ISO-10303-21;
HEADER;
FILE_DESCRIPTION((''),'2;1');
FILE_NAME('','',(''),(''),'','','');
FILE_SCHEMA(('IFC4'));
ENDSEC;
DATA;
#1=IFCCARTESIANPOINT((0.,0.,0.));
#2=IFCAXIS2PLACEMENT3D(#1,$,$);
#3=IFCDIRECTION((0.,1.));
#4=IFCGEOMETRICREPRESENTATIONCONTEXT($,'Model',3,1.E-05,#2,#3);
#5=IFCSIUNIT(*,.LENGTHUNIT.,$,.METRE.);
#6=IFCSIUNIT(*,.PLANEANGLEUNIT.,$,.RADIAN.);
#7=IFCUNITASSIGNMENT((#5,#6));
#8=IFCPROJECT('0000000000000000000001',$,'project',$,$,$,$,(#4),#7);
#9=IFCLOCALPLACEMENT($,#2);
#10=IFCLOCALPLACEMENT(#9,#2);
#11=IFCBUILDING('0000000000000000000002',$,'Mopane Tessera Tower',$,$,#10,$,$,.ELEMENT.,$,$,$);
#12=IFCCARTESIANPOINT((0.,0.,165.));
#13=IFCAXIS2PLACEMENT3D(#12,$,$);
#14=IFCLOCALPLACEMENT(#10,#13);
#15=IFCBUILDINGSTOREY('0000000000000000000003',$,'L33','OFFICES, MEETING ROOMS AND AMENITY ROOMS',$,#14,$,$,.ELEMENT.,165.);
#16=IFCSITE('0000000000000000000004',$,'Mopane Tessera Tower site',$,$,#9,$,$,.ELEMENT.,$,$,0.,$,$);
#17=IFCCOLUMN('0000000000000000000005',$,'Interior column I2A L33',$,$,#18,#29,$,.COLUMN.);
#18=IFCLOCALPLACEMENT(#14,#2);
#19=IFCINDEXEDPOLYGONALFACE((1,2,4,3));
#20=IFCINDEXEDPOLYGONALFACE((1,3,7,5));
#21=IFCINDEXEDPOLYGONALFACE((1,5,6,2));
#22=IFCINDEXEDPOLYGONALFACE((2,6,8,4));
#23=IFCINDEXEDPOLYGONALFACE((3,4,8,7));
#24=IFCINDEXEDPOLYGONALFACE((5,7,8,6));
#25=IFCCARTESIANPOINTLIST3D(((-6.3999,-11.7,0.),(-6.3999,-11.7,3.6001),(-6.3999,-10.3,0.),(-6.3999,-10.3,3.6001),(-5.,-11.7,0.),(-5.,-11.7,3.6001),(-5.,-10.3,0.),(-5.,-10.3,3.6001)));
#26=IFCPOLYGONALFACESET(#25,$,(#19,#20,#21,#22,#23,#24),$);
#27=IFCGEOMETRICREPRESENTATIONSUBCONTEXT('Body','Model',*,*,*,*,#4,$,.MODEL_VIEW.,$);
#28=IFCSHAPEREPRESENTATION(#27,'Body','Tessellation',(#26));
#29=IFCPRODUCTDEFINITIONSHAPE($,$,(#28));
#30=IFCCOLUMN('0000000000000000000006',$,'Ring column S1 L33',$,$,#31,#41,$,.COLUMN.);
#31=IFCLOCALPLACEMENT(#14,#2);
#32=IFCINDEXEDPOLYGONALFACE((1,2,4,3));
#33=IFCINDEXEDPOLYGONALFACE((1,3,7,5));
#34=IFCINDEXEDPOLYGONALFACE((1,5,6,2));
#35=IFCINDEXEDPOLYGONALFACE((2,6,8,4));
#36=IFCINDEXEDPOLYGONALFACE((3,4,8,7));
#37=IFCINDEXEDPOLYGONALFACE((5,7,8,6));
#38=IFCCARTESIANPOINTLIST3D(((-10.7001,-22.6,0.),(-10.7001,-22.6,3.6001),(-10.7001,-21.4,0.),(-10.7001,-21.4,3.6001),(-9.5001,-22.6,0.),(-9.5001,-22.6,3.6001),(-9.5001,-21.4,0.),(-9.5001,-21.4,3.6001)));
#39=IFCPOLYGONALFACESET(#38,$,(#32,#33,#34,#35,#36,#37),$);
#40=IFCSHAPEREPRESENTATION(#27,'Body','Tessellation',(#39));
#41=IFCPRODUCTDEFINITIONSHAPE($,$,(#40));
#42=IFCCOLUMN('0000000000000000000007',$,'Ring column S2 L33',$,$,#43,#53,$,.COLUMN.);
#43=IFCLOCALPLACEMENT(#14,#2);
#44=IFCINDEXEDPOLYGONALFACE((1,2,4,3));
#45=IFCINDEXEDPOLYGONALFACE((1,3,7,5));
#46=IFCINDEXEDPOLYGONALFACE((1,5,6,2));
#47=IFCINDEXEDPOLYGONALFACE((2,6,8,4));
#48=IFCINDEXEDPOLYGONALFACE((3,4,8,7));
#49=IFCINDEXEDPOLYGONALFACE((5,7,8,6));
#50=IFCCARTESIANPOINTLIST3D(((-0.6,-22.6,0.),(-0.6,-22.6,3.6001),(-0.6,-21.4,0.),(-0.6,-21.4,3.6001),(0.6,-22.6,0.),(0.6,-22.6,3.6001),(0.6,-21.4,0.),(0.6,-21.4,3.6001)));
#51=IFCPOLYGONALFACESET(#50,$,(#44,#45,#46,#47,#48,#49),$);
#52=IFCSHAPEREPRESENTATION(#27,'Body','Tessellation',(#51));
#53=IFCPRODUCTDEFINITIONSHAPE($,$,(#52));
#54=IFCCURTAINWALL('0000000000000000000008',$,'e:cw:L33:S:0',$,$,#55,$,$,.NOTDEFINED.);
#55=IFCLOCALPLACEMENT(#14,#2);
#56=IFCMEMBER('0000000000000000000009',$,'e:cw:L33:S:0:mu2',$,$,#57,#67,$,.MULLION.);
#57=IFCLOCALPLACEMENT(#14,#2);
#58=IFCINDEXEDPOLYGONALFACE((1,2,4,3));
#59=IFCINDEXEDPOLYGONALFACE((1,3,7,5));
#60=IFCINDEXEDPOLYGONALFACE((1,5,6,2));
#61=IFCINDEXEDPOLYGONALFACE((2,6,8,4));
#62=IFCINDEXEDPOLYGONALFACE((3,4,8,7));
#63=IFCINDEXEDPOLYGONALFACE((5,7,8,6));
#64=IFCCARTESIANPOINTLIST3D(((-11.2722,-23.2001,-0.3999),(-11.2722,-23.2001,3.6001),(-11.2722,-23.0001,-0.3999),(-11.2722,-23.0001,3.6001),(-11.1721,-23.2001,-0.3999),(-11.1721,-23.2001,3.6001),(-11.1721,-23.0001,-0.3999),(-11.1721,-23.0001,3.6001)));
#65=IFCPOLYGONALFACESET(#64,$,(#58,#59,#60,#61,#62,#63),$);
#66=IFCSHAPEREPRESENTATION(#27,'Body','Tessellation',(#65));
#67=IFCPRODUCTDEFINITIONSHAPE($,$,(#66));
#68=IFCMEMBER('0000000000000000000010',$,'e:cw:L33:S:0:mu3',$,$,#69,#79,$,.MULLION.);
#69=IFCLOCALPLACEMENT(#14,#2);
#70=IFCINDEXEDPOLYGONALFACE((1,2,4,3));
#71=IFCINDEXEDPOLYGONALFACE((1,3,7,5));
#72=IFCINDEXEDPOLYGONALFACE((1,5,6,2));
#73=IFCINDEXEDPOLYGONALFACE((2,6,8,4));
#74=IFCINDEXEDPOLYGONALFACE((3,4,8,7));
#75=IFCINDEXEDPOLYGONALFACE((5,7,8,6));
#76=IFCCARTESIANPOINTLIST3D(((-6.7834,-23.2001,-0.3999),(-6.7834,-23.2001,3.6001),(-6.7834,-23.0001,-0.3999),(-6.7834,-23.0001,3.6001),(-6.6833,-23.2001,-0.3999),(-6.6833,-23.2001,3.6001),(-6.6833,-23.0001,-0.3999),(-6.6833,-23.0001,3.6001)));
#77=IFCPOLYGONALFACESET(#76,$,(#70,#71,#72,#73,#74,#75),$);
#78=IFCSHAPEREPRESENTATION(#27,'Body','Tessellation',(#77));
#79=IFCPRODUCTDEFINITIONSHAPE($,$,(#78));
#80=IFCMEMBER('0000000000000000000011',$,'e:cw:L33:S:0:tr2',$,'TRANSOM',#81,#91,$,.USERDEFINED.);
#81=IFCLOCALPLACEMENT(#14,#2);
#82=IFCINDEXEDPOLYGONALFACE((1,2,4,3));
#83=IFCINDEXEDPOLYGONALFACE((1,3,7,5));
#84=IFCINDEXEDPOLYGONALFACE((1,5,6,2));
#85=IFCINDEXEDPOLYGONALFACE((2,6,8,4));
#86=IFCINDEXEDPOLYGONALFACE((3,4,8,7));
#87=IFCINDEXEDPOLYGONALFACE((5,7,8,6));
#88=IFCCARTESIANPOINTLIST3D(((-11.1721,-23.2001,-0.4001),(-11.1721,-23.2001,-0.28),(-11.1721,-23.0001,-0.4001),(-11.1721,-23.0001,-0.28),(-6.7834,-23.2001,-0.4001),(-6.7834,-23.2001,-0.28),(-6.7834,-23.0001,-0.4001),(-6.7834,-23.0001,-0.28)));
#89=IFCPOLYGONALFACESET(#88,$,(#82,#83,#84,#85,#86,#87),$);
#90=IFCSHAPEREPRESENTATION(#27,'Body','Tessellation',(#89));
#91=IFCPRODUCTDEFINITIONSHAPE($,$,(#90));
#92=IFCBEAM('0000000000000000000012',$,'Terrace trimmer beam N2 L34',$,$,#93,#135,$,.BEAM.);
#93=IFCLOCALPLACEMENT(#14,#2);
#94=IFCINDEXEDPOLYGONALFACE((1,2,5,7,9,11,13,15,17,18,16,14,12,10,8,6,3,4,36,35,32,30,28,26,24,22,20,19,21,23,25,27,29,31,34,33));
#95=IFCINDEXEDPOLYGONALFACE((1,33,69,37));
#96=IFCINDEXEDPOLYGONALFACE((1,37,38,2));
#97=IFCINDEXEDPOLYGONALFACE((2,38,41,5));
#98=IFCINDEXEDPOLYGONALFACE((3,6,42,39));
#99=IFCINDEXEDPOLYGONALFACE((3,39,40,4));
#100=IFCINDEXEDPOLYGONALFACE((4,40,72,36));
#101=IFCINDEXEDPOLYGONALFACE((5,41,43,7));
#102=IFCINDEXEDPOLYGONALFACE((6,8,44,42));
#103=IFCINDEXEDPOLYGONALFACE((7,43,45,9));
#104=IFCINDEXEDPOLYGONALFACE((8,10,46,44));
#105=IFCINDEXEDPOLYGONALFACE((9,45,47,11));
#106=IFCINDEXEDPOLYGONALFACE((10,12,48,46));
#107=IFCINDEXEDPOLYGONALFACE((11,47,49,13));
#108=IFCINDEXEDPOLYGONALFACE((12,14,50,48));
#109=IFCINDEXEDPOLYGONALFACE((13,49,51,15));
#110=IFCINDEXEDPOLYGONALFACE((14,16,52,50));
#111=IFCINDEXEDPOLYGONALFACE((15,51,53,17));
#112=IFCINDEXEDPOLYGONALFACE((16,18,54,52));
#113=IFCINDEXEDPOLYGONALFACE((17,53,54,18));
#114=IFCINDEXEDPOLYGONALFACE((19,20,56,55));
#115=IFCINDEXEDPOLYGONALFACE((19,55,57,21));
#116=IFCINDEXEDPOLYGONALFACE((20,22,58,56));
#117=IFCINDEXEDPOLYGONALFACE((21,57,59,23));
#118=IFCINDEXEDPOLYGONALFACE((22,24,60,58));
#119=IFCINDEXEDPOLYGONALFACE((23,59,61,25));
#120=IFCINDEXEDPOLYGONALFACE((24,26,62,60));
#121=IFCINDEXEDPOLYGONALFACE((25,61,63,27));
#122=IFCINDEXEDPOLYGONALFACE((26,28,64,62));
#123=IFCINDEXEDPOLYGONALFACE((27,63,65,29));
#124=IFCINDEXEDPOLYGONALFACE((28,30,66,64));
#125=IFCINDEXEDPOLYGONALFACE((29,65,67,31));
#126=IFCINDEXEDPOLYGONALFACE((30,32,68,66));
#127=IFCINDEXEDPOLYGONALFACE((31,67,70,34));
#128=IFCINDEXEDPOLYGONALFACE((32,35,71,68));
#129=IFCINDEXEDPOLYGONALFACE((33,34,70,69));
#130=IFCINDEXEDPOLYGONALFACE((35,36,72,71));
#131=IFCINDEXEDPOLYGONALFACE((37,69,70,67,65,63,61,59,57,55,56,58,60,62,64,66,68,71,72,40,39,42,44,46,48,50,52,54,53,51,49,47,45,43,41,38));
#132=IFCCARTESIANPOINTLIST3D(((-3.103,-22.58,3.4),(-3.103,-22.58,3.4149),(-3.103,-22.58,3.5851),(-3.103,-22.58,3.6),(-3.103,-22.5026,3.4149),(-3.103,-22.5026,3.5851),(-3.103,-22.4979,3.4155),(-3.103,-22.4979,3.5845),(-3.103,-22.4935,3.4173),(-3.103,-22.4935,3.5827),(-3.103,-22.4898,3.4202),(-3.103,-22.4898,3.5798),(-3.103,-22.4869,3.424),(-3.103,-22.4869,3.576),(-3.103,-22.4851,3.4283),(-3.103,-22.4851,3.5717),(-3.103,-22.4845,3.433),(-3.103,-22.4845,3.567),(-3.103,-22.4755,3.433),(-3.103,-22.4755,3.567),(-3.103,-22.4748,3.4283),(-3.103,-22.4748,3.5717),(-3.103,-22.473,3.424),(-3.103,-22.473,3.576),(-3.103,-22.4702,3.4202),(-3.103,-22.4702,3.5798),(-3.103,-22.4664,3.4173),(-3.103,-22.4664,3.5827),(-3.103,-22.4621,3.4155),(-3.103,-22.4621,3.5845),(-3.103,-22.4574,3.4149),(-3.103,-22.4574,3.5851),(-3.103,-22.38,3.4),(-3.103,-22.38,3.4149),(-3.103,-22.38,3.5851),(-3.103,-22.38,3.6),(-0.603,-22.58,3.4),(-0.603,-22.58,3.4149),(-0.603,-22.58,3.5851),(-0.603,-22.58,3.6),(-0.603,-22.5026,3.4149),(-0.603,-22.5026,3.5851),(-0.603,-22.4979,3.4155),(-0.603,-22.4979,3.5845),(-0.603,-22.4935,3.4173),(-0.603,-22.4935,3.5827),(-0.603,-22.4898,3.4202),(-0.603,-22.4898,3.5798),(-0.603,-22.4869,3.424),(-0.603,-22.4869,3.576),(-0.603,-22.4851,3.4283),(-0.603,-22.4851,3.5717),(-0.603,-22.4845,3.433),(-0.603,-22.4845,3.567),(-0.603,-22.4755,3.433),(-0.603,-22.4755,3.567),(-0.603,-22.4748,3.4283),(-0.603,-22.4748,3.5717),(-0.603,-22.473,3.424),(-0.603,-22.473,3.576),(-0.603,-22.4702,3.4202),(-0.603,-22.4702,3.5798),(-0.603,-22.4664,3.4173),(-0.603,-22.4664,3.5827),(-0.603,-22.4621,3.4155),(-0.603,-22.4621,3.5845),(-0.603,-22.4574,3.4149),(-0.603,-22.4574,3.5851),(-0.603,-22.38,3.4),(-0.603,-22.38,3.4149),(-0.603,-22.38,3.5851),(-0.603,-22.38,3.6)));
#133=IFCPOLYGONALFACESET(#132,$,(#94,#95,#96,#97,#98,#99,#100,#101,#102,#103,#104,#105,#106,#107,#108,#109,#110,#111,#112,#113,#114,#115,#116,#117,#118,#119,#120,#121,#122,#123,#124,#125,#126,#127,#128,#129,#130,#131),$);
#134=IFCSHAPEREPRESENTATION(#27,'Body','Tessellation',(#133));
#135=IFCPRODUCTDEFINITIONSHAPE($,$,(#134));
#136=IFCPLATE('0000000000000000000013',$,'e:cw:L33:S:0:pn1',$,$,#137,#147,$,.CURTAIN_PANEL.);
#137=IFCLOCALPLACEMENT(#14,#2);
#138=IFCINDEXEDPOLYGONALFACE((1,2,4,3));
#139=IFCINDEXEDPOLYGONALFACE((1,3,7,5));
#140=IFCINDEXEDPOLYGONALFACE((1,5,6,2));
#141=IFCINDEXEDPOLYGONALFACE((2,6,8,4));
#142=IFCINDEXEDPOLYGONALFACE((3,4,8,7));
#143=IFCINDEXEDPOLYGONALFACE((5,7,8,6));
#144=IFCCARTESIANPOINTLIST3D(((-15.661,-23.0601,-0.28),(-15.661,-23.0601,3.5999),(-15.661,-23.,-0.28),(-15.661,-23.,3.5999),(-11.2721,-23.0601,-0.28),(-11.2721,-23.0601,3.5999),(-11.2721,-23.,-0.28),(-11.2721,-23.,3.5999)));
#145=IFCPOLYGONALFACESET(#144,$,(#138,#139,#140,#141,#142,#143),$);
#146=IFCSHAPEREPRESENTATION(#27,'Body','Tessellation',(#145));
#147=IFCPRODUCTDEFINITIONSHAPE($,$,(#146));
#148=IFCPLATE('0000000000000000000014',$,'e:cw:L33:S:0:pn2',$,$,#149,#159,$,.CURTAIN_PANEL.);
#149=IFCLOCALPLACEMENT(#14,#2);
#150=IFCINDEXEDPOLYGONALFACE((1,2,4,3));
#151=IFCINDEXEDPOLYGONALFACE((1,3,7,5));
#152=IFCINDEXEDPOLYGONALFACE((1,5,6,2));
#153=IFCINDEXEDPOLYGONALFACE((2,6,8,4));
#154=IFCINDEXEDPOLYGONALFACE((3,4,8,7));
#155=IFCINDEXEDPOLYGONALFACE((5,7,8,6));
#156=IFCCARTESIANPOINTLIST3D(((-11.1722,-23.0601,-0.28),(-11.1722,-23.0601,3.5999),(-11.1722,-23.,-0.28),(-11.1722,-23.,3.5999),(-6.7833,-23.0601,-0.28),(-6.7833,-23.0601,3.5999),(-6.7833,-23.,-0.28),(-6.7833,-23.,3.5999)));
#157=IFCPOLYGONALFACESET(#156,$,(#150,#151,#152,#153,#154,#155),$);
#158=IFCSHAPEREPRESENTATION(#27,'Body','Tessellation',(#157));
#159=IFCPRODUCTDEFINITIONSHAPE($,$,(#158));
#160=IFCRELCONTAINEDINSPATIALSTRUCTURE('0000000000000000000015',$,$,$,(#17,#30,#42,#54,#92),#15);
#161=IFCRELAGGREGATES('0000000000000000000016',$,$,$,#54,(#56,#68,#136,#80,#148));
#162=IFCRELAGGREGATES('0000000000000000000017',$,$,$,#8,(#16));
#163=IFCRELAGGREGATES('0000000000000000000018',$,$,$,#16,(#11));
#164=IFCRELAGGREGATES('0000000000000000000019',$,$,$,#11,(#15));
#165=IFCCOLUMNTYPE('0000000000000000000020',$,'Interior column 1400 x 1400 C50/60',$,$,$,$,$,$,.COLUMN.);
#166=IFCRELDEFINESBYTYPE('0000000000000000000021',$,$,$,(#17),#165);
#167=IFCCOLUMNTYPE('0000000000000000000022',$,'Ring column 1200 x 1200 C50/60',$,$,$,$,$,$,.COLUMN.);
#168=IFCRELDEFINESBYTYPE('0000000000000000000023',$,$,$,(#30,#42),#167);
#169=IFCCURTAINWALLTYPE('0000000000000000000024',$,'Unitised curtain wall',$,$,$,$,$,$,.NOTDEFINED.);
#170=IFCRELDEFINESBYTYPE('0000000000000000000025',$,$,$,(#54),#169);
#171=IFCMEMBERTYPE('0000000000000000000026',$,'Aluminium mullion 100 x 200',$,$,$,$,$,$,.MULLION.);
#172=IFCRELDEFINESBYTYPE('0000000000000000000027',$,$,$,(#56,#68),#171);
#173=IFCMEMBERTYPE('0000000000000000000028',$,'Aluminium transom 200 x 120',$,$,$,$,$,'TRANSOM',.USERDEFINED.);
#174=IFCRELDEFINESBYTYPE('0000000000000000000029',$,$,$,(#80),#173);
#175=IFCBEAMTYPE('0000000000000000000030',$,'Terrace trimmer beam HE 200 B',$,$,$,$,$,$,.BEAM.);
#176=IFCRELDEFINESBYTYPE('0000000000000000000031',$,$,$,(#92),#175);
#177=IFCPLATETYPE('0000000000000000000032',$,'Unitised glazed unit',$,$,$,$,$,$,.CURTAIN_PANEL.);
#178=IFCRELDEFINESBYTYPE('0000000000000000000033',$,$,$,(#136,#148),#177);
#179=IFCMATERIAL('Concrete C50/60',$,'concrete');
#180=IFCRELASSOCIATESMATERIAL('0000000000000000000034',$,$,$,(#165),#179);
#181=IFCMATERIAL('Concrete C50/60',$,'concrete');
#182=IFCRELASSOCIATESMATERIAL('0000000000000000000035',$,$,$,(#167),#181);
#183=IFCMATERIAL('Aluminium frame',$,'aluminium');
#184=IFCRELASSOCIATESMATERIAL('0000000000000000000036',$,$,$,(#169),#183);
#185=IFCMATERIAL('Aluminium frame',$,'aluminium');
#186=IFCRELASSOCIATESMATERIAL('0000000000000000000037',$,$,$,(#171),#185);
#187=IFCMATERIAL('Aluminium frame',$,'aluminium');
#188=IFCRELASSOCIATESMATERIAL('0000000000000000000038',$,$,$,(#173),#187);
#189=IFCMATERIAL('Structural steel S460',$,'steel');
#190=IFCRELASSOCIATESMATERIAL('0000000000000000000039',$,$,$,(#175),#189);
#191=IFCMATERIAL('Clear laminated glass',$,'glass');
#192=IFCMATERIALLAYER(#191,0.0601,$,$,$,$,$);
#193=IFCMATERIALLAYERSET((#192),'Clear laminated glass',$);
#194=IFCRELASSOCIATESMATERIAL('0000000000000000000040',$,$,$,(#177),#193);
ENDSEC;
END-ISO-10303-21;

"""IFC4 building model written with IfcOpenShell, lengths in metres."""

from ifc_helpers import new_model, si_unit, direction, frame, origin, origin_2d, place, context, subcontext, project, spatial, rectangle, i_section, extrude, material, layer, layer_set, material_profile, profile_set, type_object, element, aggregate, save


model = new_model("IFC4")

# Units and contexts
model_context = context("Model", 3, precision=1e-05, world=origin(), true_north=direction((0.0, 1.0)))
body_context = subcontext(model_context, "Body", "Model", "MODEL_VIEW")
ifc_project = project(units=[si_unit("LENGTHUNIT", "METRE"), si_unit("PLANEANGLEUNIT", "RADIAN")], contexts=[model_context])

# Site, building, storey
site_placement = place(None, origin())
site = spatial("IfcSite", under=ifc_project, at=site_placement, Name="Mopane Tessera Tower site", CompositionType="ELEMENT", RefElevation=0.0)
building_placement = place(site_placement, origin())
building = spatial("IfcBuilding", under=site, at=building_placement, Name="Mopane Tessera Tower", CompositionType="ELEMENT")
storey_placement = place(building_placement, frame((0.0, 0.0, 165.0)))
storey = spatial("IfcBuildingStorey", under=building, at=storey_placement, Name="L33", Description="OFFICES, MEETING ROOMS AND AMENITY ROOMS", CompositionType="ELEMENT", Elevation=165.0)

# Columns
ifc_material_1 = material(Name="Concrete C50/60", Category="concrete")
ifc_material_profile_1 = material_profile(ifc_material_1, rectangle(XDim=1.3999, YDim=1.3999, at=origin_2d()))
ifc_profile_set_1 = profile_set([ifc_material_profile_1], Name="Concrete C50/60")
column_type_1 = type_object("IfcColumnType", Name="Interior column 1400 x 1400 C50/60", PredefinedType="COLUMN", material=ifc_profile_set_1)
column_placement = place(storey_placement, frame((-5.7, -11.0, 0.0), z_axis=(0.0, 0.0, 1.0), x_axis=(1.0, 0.0, 0.0)))
element("IfcColumn", 1, at=column_placement, inside=storey, type_object=column_type_1, Name="Interior column I2A L33", PredefinedType="COLUMN", context=body_context, shape_type="SweptSolid", body=[
    extrude(rectangle(XDim=1.3999, YDim=1.3999, at=origin_2d()), origin(), (0.0, 0.0, 1.0), 3.6001),
])
ifc_material_2 = material(Name="Concrete C50/60", Category="concrete")
ifc_material_profile_2 = material_profile(ifc_material_2, rectangle(XDim=1.2, YDim=1.2, at=origin_2d()))
ifc_profile_set_2 = profile_set([ifc_material_profile_2], Name="Concrete C50/60")
column_type_2 = type_object("IfcColumnType", Name="Ring column 1200 x 1200 C50/60", PredefinedType="COLUMN", material=ifc_profile_set_2)
for number, where, z_axis, x_axis, name in (
    (2, (-10.1001, -22.0, 0.0), (0.0, 0.0, 1.0), (1.0, 0.0, 0.0), "Ring column S1 L33"),
    (3, (0.0, -22.0, 0.0), (0.0, 0.0, 1.0), (1.0, 0.0, 0.0), "Ring column S2 L33"),
):
    element("IfcColumn", number, at=place(storey_placement, frame(where, z_axis=z_axis, x_axis=x_axis)), inside=storey, type_object=column_type_2, Name=name, PredefinedType="COLUMN", context=body_context, shape_type="SweptSolid", body=[
        extrude(rectangle(XDim=1.2, YDim=1.2, at=origin_2d()), origin(), (0.0, 0.0, 1.0), 3.6001),
    ])

# Curtain wall, members
ifc_material_3 = material(Name="Aluminium frame", Category="aluminium")
curtain_wall_type = type_object("IfcCurtainWallType", Name="Unitised curtain wall", PredefinedType="NOTDEFINED", material=ifc_material_3)
curtain_wall_placement = place(storey_placement, origin())
curtain_wall = element("IfcCurtainWall", 4, at=curtain_wall_placement, inside=storey, type_object=curtain_wall_type, Name="e:cw:L33:S:0", PredefinedType="NOTDEFINED")
ifc_material_4 = material(Name="Aluminium frame", Category="aluminium")
ifc_material_profile_3 = material_profile(ifc_material_4, rectangle(XDim=0.1001, YDim=0.2, at=origin_2d()))
ifc_profile_set_3 = profile_set([ifc_material_profile_3], Name="Aluminium frame")
member_type_1 = type_object("IfcMemberType", Name="Aluminium mullion 100 x 200", PredefinedType="MULLION", material=ifc_profile_set_3)
member_1_placement = place(storey_placement, frame((-11.2222, -23.1001, -0.3999), z_axis=(0.0, 0.0, 1.0), x_axis=(1.0, 0.0, 0.0)))
member_1 = element("IfcMember", 5, at=member_1_placement, type_object=member_type_1, Name="e:cw:L33:S:0:mu2", PredefinedType="MULLION", context=body_context, shape_type="SweptSolid", body=[
    extrude(rectangle(XDim=0.1001, YDim=0.2, at=origin_2d()), origin(), (0.0, 0.0, 1.0), 4.0),
])
member_2_placement = place(storey_placement, frame((-6.7334, -23.1001, -0.3999), z_axis=(0.0, 0.0, 1.0), x_axis=(1.0, 0.0, 0.0)))
member_2 = element("IfcMember", 6, at=member_2_placement, type_object=member_type_1, Name="e:cw:L33:S:0:mu3", PredefinedType="MULLION", context=body_context, shape_type="SweptSolid", body=[
    extrude(rectangle(XDim=0.1001, YDim=0.2, at=origin_2d()), origin(), (0.0, 0.0, 1.0), 4.0),
])
ifc_material_5 = material(Name="Aluminium frame", Category="aluminium")
ifc_material_profile_4 = material_profile(ifc_material_5, rectangle(XDim=0.2, YDim=0.1201, at=origin_2d()))
ifc_profile_set_4 = profile_set([ifc_material_profile_4], Name="Aluminium frame")
member_type_2 = type_object("IfcMemberType", Name="Aluminium transom 200 x 120", ElementType="TRANSOM", PredefinedType="USERDEFINED", material=ifc_profile_set_4)
member_3_placement = place(storey_placement, frame((-11.1721, -23.1001, -0.3401), z_axis=(1.0, 0.0, 0.0), x_axis=(0.0, 1.0, 0.0)))
member_3 = element("IfcMember", 7, at=member_3_placement, type_object=member_type_2, Name="e:cw:L33:S:0:tr2", ObjectType="TRANSOM", PredefinedType="USERDEFINED", context=body_context, shape_type="SweptSolid", body=[
    extrude(rectangle(XDim=0.2, YDim=0.1201, at=origin_2d()), origin(), (0.0, 0.0, 1.0), 4.3887),
])

# Beam
ifc_material_6 = material(Name="Structural steel S460", Category="steel")
ifc_material_profile_5 = material_profile(ifc_material_6, i_section(OverallWidth=0.2, OverallDepth=0.2, WebThickness=0.009, FlangeThickness=0.0149, FilletRadius=0.0181, at=origin_2d()))
ifc_profile_set_5 = profile_set([ifc_material_profile_5], Name="Structural steel S460")
beam_type = type_object("IfcBeamType", Name="Terrace trimmer beam HE 200 B", PredefinedType="BEAM", material=ifc_profile_set_5)
beam_placement = place(storey_placement, frame((-0.603, -22.48, 3.5), z_axis=(-1.0, 0.0, 0.0), x_axis=(0.0, -1.0, 0.0)))
element("IfcBeam", 8, at=beam_placement, inside=storey, type_object=beam_type, Name="Terrace trimmer beam N2 L34", PredefinedType="BEAM", context=body_context, shape_type="SweptSolid", body=[
    extrude(i_section(OverallWidth=0.2, OverallDepth=0.2, WebThickness=0.009, FlangeThickness=0.0149, FilletRadius=0.0181, at=origin_2d()), origin(), (0.0, 0.0, 1.0), 2.5),
])

# Plates
ifc_material_7 = material(Name="Clear laminated glass", Category="glass")
ifc_layer_1 = layer(ifc_material_7, 0.0601)
ifc_layer_set_1 = layer_set([ifc_layer_1], Name="Clear laminated glass")
plate_type = type_object("IfcPlateType", Name="Unitised glazed unit", PredefinedType="CURTAIN_PANEL", material=ifc_layer_set_1)
plate_1_placement = place(storey_placement, frame((-13.4666, -23.03, -0.28), z_axis=(0.0, 0.0, 1.0), x_axis=(1.0, 0.0, 0.0)))
plate_1 = element("IfcPlate", 9, at=plate_1_placement, type_object=plate_type, Name="e:cw:L33:S:0:pn1", PredefinedType="CURTAIN_PANEL", context=body_context, shape_type="SweptSolid", body=[
    extrude(rectangle(XDim=4.3889, YDim=0.0601, at=origin_2d()), origin(), (0.0, 0.0, 1.0), 3.8799),
])
plate_2_placement = place(storey_placement, frame((-8.9778, -23.03, -0.28), z_axis=(0.0, 0.0, 1.0), x_axis=(1.0, 0.0, 0.0)))
plate_2 = element("IfcPlate", 10, at=plate_2_placement, type_object=plate_type, Name="e:cw:L33:S:0:pn2", PredefinedType="CURTAIN_PANEL", context=body_context, shape_type="SweptSolid", body=[
    extrude(rectangle(XDim=4.3889, YDim=0.0601, at=origin_2d()), origin(), (0.0, 0.0, 1.0), 3.8799),
])
aggregate(curtain_wall, [member_1, member_2, plate_1, member_3, plate_2])

save(model, "model.ifc")
